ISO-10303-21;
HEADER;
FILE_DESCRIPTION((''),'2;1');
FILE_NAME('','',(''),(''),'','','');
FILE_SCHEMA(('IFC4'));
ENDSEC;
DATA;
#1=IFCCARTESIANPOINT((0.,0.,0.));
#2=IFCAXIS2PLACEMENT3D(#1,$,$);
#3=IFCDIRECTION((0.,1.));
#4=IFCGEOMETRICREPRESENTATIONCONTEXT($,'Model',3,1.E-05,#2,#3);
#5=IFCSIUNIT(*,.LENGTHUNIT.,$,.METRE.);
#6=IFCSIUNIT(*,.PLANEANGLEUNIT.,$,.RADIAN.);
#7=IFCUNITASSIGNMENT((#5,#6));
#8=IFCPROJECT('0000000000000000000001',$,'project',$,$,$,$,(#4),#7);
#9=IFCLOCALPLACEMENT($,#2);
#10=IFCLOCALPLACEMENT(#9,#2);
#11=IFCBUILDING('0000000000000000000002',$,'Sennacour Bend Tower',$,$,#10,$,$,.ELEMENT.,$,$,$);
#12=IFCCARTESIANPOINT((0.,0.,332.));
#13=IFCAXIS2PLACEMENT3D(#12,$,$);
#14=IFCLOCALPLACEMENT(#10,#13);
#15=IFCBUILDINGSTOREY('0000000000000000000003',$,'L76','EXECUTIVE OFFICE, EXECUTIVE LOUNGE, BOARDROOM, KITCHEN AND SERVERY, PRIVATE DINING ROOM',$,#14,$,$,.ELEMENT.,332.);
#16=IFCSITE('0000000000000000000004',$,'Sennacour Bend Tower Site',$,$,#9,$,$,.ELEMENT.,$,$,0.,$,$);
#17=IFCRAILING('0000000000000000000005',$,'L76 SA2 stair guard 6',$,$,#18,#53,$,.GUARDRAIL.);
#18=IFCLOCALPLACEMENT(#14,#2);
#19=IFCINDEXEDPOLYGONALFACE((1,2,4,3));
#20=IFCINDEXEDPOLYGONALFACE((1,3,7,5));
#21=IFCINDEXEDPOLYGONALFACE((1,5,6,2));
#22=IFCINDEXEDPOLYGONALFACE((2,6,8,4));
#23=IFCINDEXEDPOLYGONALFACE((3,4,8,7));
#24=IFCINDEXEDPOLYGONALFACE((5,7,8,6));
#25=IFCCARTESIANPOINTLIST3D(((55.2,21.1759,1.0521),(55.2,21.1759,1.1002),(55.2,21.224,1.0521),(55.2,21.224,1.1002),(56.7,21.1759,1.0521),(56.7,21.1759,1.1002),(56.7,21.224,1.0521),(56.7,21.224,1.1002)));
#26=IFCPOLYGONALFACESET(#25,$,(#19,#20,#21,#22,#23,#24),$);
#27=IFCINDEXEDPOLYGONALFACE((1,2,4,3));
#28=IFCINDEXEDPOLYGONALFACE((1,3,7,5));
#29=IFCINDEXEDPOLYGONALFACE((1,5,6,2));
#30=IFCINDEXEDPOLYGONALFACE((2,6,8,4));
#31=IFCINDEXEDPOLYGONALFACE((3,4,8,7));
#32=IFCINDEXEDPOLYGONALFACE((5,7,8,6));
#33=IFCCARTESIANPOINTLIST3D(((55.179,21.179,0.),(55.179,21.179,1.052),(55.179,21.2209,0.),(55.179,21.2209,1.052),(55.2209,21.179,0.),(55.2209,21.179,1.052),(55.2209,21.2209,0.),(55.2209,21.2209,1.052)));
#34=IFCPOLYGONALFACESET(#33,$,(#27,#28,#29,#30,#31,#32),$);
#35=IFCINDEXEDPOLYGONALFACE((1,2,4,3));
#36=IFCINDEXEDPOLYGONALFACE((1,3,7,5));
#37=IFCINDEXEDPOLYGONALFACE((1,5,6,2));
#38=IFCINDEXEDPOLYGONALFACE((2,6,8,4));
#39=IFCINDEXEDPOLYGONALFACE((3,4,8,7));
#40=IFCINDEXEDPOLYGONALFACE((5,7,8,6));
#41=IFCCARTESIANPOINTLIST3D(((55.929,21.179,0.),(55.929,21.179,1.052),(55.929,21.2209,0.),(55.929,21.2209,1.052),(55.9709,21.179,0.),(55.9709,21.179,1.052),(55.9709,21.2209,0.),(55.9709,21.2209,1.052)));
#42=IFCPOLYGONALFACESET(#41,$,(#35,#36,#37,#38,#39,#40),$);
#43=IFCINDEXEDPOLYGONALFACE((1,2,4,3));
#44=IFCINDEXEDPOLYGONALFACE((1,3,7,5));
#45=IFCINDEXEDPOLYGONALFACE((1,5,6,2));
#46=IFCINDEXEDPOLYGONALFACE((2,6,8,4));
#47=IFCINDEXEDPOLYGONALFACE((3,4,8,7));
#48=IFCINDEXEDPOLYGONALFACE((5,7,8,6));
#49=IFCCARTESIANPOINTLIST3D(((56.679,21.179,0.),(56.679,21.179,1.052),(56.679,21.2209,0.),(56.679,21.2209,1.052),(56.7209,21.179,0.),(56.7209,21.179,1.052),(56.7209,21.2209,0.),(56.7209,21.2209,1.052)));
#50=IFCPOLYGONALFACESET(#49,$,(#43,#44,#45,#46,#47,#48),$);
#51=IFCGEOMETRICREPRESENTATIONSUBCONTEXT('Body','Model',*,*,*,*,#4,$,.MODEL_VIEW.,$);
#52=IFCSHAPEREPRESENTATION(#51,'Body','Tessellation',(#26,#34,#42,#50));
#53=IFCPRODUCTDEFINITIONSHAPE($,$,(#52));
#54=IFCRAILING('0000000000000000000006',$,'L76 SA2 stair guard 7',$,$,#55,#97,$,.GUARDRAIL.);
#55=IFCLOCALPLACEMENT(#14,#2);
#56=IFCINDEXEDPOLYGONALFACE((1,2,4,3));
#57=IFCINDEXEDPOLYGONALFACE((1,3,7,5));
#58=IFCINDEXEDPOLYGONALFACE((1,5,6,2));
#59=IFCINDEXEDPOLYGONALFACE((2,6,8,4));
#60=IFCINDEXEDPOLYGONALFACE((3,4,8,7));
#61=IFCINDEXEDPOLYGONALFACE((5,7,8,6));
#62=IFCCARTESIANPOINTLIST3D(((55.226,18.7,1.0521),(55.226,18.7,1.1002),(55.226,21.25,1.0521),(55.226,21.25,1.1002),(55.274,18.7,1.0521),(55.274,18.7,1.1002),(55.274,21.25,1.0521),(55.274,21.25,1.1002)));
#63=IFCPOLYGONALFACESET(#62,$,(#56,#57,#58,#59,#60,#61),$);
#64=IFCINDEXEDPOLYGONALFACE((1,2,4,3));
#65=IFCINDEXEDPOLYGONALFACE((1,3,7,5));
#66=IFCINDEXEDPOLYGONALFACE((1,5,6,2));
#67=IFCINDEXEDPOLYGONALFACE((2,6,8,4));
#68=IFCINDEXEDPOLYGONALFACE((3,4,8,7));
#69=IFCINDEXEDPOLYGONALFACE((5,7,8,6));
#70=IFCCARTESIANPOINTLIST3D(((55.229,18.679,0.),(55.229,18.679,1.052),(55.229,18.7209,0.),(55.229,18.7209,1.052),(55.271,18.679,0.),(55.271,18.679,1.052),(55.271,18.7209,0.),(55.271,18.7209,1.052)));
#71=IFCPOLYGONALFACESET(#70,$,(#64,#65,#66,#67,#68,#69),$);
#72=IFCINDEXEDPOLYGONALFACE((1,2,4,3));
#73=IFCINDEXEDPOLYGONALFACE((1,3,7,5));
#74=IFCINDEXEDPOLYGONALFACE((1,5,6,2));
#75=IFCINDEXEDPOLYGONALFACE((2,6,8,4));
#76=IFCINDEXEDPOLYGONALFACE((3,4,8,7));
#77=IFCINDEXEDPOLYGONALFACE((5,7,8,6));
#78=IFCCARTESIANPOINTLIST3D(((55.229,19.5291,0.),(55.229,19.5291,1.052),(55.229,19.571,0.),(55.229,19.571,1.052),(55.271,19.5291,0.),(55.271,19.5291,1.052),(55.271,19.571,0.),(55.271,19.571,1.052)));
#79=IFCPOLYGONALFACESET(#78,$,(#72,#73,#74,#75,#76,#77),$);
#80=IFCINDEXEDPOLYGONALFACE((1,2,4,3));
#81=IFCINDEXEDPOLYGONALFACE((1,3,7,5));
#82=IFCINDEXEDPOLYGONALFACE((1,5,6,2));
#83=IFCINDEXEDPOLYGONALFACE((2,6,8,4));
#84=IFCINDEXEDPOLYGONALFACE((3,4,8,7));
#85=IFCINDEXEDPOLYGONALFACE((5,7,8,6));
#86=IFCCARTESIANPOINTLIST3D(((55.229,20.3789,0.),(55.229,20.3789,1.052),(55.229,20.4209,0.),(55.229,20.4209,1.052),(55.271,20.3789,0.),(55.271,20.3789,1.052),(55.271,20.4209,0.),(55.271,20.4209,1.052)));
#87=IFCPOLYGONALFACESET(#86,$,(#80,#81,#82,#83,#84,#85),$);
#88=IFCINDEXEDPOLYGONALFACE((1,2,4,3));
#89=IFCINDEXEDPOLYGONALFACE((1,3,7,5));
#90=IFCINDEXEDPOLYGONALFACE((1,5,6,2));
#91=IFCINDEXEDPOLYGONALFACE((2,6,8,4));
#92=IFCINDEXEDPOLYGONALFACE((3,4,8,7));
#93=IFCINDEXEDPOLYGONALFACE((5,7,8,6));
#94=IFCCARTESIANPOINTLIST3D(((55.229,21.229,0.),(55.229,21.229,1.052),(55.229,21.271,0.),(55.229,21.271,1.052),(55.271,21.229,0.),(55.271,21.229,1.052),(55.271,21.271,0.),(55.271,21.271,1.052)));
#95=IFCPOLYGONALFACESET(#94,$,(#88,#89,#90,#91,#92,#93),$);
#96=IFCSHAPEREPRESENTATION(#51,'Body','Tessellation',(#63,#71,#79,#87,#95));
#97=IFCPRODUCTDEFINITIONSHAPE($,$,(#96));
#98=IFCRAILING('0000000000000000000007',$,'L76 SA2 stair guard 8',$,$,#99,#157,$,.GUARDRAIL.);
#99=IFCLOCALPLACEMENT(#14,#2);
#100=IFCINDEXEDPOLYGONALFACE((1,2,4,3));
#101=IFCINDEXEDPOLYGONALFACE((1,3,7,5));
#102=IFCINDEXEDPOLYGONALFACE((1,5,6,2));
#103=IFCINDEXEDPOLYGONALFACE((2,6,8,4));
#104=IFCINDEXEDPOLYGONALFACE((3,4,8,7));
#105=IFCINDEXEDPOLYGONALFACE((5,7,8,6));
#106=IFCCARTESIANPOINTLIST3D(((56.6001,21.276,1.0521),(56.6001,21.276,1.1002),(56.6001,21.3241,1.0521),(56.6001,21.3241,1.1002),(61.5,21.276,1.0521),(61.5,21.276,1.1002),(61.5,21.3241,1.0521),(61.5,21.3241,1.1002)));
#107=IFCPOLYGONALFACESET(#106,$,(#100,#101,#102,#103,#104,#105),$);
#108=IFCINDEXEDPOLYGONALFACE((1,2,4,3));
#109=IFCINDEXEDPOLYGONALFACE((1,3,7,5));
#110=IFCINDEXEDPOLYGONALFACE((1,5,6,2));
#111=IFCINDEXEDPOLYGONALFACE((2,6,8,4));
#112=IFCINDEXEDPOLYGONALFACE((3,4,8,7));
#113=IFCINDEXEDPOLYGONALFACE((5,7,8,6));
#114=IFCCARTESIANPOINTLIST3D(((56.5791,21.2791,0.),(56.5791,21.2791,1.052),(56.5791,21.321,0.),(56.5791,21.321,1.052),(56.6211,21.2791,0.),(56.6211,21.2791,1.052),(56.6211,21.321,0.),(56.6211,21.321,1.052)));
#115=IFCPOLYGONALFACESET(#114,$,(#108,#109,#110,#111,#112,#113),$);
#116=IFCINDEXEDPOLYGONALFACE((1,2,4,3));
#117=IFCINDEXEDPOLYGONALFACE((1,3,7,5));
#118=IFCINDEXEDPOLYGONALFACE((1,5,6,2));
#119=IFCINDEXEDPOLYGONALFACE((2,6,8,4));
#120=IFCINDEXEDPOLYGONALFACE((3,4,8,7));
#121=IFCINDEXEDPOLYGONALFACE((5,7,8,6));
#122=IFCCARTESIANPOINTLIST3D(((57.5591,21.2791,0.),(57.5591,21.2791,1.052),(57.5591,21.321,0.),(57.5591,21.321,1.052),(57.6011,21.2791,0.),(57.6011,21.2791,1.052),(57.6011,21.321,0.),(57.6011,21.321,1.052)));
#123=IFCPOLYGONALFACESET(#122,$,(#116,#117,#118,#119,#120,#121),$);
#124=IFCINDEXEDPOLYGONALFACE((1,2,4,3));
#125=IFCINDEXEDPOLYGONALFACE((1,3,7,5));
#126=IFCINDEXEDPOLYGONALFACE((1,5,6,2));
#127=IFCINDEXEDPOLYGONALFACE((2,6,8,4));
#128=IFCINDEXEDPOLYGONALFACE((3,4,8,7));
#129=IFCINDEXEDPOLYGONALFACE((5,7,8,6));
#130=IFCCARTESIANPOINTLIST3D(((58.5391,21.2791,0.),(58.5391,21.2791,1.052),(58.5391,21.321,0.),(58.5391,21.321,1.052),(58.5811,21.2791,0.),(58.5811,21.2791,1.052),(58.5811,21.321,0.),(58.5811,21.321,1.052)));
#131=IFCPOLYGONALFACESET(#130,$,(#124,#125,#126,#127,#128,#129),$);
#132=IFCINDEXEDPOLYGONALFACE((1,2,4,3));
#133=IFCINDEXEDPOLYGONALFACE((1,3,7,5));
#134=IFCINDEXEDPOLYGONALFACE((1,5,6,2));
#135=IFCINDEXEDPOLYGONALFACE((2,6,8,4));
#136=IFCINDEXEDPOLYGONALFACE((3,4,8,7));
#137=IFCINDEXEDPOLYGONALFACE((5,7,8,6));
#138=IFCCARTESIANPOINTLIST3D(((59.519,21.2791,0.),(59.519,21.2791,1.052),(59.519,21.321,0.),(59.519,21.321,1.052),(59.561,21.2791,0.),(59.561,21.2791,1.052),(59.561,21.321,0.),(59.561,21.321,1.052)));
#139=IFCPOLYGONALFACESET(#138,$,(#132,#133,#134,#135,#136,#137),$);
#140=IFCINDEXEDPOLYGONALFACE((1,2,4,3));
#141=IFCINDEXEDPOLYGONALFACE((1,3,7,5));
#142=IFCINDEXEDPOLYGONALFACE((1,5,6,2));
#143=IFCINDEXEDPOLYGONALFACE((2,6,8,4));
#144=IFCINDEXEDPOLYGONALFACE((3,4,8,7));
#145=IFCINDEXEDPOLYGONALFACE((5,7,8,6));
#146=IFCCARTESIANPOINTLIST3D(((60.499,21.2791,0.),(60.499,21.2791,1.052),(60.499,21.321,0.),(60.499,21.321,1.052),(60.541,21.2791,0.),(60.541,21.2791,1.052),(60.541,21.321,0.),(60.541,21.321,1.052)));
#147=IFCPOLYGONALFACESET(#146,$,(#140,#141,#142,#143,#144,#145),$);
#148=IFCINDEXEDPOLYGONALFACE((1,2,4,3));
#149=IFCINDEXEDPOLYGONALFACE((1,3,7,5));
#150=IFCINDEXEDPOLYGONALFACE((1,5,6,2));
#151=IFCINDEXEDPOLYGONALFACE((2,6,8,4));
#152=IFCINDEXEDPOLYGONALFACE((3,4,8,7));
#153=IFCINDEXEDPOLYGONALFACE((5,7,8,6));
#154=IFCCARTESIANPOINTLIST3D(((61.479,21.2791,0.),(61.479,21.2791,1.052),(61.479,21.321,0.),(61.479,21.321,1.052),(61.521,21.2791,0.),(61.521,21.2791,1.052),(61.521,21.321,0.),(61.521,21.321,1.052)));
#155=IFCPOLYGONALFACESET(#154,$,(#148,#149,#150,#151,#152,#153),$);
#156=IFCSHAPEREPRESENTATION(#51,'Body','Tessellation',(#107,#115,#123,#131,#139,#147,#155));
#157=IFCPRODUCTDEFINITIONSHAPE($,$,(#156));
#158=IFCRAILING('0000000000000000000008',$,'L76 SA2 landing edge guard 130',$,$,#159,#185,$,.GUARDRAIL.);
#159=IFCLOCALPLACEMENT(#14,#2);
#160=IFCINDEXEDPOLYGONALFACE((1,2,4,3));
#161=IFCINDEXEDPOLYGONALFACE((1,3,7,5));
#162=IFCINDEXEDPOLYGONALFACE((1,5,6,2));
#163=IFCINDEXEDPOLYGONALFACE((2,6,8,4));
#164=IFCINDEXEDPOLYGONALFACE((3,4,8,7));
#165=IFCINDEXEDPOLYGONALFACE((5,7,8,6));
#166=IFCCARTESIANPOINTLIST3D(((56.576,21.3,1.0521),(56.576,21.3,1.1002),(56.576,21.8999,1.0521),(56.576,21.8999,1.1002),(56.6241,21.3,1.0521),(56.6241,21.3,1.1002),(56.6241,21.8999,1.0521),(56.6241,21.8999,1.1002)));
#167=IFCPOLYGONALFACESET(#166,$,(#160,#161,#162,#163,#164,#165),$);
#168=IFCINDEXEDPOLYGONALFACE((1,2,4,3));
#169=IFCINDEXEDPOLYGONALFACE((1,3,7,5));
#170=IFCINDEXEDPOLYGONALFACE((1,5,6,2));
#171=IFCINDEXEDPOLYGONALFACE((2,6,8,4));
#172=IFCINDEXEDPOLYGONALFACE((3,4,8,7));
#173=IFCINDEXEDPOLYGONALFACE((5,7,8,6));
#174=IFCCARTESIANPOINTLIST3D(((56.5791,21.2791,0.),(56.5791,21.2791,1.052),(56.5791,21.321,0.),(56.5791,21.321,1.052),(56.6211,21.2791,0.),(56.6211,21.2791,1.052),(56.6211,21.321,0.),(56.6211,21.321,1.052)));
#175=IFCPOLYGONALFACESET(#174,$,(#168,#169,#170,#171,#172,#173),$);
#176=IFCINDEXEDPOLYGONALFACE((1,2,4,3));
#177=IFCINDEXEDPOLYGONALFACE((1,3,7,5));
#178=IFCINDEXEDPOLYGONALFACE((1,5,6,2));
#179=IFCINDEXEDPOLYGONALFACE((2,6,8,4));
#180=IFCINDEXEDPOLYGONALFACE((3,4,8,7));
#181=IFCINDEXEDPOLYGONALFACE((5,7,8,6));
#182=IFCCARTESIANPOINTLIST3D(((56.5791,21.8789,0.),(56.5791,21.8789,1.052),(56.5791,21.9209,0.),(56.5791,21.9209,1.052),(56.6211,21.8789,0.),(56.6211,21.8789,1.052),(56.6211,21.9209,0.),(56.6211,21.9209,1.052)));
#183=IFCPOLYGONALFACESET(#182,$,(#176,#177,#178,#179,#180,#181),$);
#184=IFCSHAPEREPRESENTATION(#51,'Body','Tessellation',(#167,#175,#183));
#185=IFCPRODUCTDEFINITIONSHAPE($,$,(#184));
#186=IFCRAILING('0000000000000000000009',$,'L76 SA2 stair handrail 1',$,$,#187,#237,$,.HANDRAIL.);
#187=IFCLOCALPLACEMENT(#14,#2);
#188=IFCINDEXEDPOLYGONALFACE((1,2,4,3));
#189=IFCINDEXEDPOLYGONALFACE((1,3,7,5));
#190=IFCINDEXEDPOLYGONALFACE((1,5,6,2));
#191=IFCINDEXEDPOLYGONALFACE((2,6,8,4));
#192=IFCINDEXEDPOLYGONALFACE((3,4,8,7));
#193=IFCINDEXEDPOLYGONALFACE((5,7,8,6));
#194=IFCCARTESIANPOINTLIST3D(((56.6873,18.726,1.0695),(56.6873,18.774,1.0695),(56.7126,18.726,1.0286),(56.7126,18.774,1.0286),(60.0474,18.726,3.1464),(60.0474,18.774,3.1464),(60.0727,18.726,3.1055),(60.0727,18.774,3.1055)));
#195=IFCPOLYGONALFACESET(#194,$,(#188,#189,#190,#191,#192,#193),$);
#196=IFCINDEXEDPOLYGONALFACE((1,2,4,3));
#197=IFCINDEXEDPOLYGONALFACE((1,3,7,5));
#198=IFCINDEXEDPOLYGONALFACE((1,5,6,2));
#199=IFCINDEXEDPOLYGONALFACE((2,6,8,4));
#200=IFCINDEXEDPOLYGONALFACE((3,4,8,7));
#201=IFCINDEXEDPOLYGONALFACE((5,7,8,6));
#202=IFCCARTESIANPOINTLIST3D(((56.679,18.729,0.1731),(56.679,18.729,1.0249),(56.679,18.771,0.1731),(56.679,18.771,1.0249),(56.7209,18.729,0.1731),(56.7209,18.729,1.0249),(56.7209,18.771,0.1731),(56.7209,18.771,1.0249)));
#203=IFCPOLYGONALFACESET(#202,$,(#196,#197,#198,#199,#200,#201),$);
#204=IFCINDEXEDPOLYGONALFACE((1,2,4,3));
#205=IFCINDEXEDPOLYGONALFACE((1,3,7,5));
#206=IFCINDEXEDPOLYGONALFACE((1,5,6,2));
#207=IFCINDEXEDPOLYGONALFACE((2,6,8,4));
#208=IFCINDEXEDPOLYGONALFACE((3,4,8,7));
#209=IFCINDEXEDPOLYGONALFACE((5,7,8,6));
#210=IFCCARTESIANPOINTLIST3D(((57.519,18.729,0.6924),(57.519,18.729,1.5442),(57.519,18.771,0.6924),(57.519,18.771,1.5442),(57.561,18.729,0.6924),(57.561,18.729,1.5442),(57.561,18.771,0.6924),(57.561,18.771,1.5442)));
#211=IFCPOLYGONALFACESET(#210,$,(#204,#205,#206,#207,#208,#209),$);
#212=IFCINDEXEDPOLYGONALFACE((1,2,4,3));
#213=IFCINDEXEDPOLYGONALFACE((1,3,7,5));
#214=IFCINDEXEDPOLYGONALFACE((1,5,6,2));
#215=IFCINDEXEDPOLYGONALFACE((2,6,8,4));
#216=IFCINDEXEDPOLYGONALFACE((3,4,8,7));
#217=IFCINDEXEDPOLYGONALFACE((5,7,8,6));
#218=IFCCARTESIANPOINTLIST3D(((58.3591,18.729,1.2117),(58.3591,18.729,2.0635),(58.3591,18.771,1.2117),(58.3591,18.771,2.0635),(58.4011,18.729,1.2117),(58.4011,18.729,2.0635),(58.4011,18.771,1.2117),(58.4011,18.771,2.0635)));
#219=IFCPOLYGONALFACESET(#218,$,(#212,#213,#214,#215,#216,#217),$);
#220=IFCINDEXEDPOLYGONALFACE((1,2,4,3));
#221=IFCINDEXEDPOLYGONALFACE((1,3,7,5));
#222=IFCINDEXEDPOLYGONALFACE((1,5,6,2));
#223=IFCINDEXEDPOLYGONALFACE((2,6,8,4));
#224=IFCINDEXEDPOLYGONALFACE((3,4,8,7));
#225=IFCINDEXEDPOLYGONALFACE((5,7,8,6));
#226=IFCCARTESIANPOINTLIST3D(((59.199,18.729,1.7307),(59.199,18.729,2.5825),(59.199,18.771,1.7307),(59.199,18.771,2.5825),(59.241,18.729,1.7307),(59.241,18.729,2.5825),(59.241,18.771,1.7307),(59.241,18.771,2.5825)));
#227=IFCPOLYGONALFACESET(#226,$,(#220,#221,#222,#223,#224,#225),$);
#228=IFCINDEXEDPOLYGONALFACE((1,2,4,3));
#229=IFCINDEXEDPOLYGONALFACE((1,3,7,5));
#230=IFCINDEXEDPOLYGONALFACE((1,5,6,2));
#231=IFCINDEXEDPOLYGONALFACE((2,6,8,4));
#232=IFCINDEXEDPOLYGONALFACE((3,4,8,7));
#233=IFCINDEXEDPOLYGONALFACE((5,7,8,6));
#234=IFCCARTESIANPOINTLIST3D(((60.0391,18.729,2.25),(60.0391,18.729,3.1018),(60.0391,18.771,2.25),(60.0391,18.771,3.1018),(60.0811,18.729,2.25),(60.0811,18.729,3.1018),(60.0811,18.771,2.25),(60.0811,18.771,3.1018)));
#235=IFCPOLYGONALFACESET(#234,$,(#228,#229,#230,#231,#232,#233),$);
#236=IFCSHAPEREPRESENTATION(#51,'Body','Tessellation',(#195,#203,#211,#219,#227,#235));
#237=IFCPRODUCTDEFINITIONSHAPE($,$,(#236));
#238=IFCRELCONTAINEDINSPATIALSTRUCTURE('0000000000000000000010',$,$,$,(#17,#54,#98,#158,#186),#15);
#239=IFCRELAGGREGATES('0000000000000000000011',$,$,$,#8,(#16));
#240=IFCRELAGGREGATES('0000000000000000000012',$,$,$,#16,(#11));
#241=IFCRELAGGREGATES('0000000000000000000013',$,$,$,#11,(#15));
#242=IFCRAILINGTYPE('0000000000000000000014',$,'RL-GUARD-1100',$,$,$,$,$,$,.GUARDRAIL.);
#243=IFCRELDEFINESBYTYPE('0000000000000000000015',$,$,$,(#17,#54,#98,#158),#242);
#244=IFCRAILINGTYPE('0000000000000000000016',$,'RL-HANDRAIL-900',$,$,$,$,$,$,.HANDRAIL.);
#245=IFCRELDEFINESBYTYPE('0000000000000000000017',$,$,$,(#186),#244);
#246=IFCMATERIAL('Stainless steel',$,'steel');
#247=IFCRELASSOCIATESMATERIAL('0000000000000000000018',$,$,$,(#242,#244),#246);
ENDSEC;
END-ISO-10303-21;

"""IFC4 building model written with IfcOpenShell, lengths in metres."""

from ifc_helpers import new_model, si_unit, direction, frame, origin, origin_2d, place, context, subcontext, project, spatial, rectangle, extrude, material, type_object, element, save


model = new_model("IFC4")

# Units and contexts
model_context = context("Model", 3, precision=1e-05, world=origin(), true_north=direction((0.0, 1.0)))
body_context = subcontext(model_context, "Body", "Model", "MODEL_VIEW")
ifc_project = project(units=[si_unit("LENGTHUNIT", "METRE"), si_unit("PLANEANGLEUNIT", "RADIAN")], contexts=[model_context])

# Site, building, storey
site_placement = place(None, origin())
site = spatial("IfcSite", under=ifc_project, at=site_placement, Name="Sennacour Bend Tower Site", CompositionType="ELEMENT", RefElevation=0.0)
building_placement = place(site_placement, origin())
building = spatial("IfcBuilding", under=site, at=building_placement, Name="Sennacour Bend Tower", CompositionType="ELEMENT")
storey_placement = place(building_placement, frame((0.0, 0.0, 332.0)))
storey = spatial("IfcBuildingStorey", under=building, at=storey_placement, Name="L76", Description="EXECUTIVE OFFICE, EXECUTIVE LOUNGE, BOARDROOM, KITCHEN AND SERVERY, PRIVATE DINING ROOM", CompositionType="ELEMENT", Elevation=332.0)

# Shared definitions
ifc_material_1 = material(Name="Stainless steel", Category="steel")

# Railings
railing_type_1 = type_object("IfcRailingType", Name="RL-GUARD-1100", PredefinedType="GUARDRAIL", material=ifc_material_1)
railing_1_placement = place(storey_placement, frame((55.2, 21.2, 0.0)))
element("IfcRailing", 1, at=railing_1_placement, inside=storey, type_object=railing_type_1, Name="L76 SA2 stair guard 6", PredefinedType="GUARDRAIL", context=body_context, shape_type="SweptSolid", body=[
    extrude(rectangle(XDim=0.0481, YDim=0.0481, at=origin_2d()), frame((0.0, 0.0, 1.0762), z_axis=(1.0, 0.0, 0.0), x_axis=(0.0, 1.0, 0.0)), (0.0, 0.0, 1.0), 1.5),
    extrude(rectangle(XDim=0.042, YDim=0.042, at=origin_2d()), origin(), (0.0, 0.0, 1.0), 1.052),
    extrude(rectangle(XDim=0.042, YDim=0.042, at=origin_2d()), frame((0.75, 0.0, 0.0)), (0.0, 0.0, 1.0), 1.052),
    extrude(rectangle(XDim=0.042, YDim=0.042, at=origin_2d()), frame((1.5, 0.0, 0.0)), (0.0, 0.0, 1.0), 1.052),
])
railing_2_placement = place(storey_placement, frame((55.25, 18.7, 0.0)))
element("IfcRailing", 2, at=railing_2_placement, inside=storey, type_object=railing_type_1, Name="L76 SA2 stair guard 7", PredefinedType="GUARDRAIL", context=body_context, shape_type="SweptSolid", body=[
    extrude(rectangle(XDim=0.0481, YDim=0.0481, at=origin_2d()), frame((0.0, 0.0, 1.0762), z_axis=(0.0, 1.0, 0.0), x_axis=(-1.0, 0.0, 0.0)), (0.0, 0.0, 1.0), 2.55),
    extrude(rectangle(XDim=0.042, YDim=0.042, at=origin_2d()), origin(), (0.0, 0.0, 1.0), 1.052),
    extrude(rectangle(XDim=0.042, YDim=0.042, at=origin_2d()), frame((0.0, 0.8501, 0.0)), (0.0, 0.0, 1.0), 1.052),
    extrude(rectangle(XDim=0.042, YDim=0.042, at=origin_2d()), frame((0.0, 1.7, 0.0)), (0.0, 0.0, 1.0), 1.052),
    extrude(rectangle(XDim=0.042, YDim=0.042, at=origin_2d()), frame((0.0, 2.55, 0.0)), (0.0, 0.0, 1.0), 1.052),
])
railing_3_placement = place(storey_placement, frame((56.6001, 21.3, 0.0)))
element("IfcRailing", 3, at=railing_3_placement, inside=storey, type_object=railing_type_1, Name="L76 SA2 stair guard 8", PredefinedType="GUARDRAIL", context=body_context, shape_type="SweptSolid", body=[
    extrude(rectangle(XDim=0.0481, YDim=0.0481, at=origin_2d()), frame((0.0, 0.0, 1.0762), z_axis=(1.0, 0.0, 0.0), x_axis=(0.0, 1.0, 0.0)), (0.0, 0.0, 1.0), 4.8999),
    extrude(rectangle(XDim=0.042, YDim=0.042, at=origin_2d()), origin(), (0.0, 0.0, 1.0), 1.052),
    extrude(rectangle(XDim=0.042, YDim=0.042, at=origin_2d()), frame((0.98, 0.0, 0.0)), (0.0, 0.0, 1.0), 1.052),
    extrude(rectangle(XDim=0.042, YDim=0.042, at=origin_2d()), frame((1.96, 0.0, 0.0)), (0.0, 0.0, 1.0), 1.052),
    extrude(rectangle(XDim=0.042, YDim=0.042, at=origin_2d()), frame((2.9399, 0.0, 0.0)), (0.0, 0.0, 1.0), 1.052),
    extrude(rectangle(XDim=0.042, YDim=0.042, at=origin_2d()), frame((3.9199, 0.0, 0.0)), (0.0, 0.0, 1.0), 1.052),
    extrude(rectangle(XDim=0.042, YDim=0.042, at=origin_2d()), frame((4.8999, 0.0, 0.0)), (0.0, 0.0, 1.0), 1.052),
])
railing_4_placement = place(storey_placement, frame((56.6001, 21.3, 0.0)))
element("IfcRailing", 4, at=railing_4_placement, inside=storey, type_object=railing_type_1, Name="L76 SA2 landing edge guard 130", PredefinedType="GUARDRAIL", context=body_context, shape_type="SweptSolid", body=[
    extrude(rectangle(XDim=0.0481, YDim=0.0481, at=origin_2d()), frame((0.0, 0.0, 1.0762), z_axis=(0.0, 1.0, 0.0), x_axis=(-1.0, 0.0, 0.0)), (0.0, 0.0, 1.0), 0.5999),
    extrude(rectangle(XDim=0.042, YDim=0.042, at=origin_2d()), origin(), (0.0, 0.0, 1.0), 1.052),
    extrude(rectangle(XDim=0.042, YDim=0.042, at=origin_2d()), frame((0.0, 0.5999, 0.0)), (0.0, 0.0, 1.0), 1.052),
])
railing_type_2 = type_object("IfcRailingType", Name="RL-HANDRAIL-900", PredefinedType="HANDRAIL", material=ifc_material_1)
railing_5_placement = place(storey_placement, frame((56.7, 18.75, 0.1731)))
element("IfcRailing", 5, at=railing_5_placement, inside=storey, type_object=railing_type_2, Name="L76 SA2 stair handrail 1", PredefinedType="HANDRAIL", context=body_context, shape_type="SweptSolid", body=[
    extrude(rectangle(XDim=0.0481, YDim=0.0481, at=origin_2d()), frame((0.0, 0.0, 0.876), z_axis=(0.850623, 0.0, 0.525776), x_axis=(0.0, 1.0, 0.0)), (0.0, 0.0, 1.0), 3.9502),
    extrude(rectangle(XDim=0.042, YDim=0.042, at=origin_2d()), origin(), (0.0, 0.0, 1.0), 0.8518),
    extrude(rectangle(XDim=0.042, YDim=0.042, at=origin_2d()), frame((0.8401, 0.0, 0.5193)), (0.0, 0.0, 1.0), 0.8518),
    extrude(rectangle(XDim=0.042, YDim=0.042, at=origin_2d()), frame((1.6802, 0.0, 1.0386)), (0.0, 0.0, 1.0), 0.8518),
    extrude(rectangle(XDim=0.042, YDim=0.042, at=origin_2d()), frame((2.52, 0.0, 1.5576)), (0.0, 0.0, 1.0), 0.8518),
    extrude(rectangle(XDim=0.042, YDim=0.042, at=origin_2d()), frame((3.3601, 0.0, 2.0769)), (0.0, 0.0, 1.0), 0.8518),
])

save(model, "model.ifc")
